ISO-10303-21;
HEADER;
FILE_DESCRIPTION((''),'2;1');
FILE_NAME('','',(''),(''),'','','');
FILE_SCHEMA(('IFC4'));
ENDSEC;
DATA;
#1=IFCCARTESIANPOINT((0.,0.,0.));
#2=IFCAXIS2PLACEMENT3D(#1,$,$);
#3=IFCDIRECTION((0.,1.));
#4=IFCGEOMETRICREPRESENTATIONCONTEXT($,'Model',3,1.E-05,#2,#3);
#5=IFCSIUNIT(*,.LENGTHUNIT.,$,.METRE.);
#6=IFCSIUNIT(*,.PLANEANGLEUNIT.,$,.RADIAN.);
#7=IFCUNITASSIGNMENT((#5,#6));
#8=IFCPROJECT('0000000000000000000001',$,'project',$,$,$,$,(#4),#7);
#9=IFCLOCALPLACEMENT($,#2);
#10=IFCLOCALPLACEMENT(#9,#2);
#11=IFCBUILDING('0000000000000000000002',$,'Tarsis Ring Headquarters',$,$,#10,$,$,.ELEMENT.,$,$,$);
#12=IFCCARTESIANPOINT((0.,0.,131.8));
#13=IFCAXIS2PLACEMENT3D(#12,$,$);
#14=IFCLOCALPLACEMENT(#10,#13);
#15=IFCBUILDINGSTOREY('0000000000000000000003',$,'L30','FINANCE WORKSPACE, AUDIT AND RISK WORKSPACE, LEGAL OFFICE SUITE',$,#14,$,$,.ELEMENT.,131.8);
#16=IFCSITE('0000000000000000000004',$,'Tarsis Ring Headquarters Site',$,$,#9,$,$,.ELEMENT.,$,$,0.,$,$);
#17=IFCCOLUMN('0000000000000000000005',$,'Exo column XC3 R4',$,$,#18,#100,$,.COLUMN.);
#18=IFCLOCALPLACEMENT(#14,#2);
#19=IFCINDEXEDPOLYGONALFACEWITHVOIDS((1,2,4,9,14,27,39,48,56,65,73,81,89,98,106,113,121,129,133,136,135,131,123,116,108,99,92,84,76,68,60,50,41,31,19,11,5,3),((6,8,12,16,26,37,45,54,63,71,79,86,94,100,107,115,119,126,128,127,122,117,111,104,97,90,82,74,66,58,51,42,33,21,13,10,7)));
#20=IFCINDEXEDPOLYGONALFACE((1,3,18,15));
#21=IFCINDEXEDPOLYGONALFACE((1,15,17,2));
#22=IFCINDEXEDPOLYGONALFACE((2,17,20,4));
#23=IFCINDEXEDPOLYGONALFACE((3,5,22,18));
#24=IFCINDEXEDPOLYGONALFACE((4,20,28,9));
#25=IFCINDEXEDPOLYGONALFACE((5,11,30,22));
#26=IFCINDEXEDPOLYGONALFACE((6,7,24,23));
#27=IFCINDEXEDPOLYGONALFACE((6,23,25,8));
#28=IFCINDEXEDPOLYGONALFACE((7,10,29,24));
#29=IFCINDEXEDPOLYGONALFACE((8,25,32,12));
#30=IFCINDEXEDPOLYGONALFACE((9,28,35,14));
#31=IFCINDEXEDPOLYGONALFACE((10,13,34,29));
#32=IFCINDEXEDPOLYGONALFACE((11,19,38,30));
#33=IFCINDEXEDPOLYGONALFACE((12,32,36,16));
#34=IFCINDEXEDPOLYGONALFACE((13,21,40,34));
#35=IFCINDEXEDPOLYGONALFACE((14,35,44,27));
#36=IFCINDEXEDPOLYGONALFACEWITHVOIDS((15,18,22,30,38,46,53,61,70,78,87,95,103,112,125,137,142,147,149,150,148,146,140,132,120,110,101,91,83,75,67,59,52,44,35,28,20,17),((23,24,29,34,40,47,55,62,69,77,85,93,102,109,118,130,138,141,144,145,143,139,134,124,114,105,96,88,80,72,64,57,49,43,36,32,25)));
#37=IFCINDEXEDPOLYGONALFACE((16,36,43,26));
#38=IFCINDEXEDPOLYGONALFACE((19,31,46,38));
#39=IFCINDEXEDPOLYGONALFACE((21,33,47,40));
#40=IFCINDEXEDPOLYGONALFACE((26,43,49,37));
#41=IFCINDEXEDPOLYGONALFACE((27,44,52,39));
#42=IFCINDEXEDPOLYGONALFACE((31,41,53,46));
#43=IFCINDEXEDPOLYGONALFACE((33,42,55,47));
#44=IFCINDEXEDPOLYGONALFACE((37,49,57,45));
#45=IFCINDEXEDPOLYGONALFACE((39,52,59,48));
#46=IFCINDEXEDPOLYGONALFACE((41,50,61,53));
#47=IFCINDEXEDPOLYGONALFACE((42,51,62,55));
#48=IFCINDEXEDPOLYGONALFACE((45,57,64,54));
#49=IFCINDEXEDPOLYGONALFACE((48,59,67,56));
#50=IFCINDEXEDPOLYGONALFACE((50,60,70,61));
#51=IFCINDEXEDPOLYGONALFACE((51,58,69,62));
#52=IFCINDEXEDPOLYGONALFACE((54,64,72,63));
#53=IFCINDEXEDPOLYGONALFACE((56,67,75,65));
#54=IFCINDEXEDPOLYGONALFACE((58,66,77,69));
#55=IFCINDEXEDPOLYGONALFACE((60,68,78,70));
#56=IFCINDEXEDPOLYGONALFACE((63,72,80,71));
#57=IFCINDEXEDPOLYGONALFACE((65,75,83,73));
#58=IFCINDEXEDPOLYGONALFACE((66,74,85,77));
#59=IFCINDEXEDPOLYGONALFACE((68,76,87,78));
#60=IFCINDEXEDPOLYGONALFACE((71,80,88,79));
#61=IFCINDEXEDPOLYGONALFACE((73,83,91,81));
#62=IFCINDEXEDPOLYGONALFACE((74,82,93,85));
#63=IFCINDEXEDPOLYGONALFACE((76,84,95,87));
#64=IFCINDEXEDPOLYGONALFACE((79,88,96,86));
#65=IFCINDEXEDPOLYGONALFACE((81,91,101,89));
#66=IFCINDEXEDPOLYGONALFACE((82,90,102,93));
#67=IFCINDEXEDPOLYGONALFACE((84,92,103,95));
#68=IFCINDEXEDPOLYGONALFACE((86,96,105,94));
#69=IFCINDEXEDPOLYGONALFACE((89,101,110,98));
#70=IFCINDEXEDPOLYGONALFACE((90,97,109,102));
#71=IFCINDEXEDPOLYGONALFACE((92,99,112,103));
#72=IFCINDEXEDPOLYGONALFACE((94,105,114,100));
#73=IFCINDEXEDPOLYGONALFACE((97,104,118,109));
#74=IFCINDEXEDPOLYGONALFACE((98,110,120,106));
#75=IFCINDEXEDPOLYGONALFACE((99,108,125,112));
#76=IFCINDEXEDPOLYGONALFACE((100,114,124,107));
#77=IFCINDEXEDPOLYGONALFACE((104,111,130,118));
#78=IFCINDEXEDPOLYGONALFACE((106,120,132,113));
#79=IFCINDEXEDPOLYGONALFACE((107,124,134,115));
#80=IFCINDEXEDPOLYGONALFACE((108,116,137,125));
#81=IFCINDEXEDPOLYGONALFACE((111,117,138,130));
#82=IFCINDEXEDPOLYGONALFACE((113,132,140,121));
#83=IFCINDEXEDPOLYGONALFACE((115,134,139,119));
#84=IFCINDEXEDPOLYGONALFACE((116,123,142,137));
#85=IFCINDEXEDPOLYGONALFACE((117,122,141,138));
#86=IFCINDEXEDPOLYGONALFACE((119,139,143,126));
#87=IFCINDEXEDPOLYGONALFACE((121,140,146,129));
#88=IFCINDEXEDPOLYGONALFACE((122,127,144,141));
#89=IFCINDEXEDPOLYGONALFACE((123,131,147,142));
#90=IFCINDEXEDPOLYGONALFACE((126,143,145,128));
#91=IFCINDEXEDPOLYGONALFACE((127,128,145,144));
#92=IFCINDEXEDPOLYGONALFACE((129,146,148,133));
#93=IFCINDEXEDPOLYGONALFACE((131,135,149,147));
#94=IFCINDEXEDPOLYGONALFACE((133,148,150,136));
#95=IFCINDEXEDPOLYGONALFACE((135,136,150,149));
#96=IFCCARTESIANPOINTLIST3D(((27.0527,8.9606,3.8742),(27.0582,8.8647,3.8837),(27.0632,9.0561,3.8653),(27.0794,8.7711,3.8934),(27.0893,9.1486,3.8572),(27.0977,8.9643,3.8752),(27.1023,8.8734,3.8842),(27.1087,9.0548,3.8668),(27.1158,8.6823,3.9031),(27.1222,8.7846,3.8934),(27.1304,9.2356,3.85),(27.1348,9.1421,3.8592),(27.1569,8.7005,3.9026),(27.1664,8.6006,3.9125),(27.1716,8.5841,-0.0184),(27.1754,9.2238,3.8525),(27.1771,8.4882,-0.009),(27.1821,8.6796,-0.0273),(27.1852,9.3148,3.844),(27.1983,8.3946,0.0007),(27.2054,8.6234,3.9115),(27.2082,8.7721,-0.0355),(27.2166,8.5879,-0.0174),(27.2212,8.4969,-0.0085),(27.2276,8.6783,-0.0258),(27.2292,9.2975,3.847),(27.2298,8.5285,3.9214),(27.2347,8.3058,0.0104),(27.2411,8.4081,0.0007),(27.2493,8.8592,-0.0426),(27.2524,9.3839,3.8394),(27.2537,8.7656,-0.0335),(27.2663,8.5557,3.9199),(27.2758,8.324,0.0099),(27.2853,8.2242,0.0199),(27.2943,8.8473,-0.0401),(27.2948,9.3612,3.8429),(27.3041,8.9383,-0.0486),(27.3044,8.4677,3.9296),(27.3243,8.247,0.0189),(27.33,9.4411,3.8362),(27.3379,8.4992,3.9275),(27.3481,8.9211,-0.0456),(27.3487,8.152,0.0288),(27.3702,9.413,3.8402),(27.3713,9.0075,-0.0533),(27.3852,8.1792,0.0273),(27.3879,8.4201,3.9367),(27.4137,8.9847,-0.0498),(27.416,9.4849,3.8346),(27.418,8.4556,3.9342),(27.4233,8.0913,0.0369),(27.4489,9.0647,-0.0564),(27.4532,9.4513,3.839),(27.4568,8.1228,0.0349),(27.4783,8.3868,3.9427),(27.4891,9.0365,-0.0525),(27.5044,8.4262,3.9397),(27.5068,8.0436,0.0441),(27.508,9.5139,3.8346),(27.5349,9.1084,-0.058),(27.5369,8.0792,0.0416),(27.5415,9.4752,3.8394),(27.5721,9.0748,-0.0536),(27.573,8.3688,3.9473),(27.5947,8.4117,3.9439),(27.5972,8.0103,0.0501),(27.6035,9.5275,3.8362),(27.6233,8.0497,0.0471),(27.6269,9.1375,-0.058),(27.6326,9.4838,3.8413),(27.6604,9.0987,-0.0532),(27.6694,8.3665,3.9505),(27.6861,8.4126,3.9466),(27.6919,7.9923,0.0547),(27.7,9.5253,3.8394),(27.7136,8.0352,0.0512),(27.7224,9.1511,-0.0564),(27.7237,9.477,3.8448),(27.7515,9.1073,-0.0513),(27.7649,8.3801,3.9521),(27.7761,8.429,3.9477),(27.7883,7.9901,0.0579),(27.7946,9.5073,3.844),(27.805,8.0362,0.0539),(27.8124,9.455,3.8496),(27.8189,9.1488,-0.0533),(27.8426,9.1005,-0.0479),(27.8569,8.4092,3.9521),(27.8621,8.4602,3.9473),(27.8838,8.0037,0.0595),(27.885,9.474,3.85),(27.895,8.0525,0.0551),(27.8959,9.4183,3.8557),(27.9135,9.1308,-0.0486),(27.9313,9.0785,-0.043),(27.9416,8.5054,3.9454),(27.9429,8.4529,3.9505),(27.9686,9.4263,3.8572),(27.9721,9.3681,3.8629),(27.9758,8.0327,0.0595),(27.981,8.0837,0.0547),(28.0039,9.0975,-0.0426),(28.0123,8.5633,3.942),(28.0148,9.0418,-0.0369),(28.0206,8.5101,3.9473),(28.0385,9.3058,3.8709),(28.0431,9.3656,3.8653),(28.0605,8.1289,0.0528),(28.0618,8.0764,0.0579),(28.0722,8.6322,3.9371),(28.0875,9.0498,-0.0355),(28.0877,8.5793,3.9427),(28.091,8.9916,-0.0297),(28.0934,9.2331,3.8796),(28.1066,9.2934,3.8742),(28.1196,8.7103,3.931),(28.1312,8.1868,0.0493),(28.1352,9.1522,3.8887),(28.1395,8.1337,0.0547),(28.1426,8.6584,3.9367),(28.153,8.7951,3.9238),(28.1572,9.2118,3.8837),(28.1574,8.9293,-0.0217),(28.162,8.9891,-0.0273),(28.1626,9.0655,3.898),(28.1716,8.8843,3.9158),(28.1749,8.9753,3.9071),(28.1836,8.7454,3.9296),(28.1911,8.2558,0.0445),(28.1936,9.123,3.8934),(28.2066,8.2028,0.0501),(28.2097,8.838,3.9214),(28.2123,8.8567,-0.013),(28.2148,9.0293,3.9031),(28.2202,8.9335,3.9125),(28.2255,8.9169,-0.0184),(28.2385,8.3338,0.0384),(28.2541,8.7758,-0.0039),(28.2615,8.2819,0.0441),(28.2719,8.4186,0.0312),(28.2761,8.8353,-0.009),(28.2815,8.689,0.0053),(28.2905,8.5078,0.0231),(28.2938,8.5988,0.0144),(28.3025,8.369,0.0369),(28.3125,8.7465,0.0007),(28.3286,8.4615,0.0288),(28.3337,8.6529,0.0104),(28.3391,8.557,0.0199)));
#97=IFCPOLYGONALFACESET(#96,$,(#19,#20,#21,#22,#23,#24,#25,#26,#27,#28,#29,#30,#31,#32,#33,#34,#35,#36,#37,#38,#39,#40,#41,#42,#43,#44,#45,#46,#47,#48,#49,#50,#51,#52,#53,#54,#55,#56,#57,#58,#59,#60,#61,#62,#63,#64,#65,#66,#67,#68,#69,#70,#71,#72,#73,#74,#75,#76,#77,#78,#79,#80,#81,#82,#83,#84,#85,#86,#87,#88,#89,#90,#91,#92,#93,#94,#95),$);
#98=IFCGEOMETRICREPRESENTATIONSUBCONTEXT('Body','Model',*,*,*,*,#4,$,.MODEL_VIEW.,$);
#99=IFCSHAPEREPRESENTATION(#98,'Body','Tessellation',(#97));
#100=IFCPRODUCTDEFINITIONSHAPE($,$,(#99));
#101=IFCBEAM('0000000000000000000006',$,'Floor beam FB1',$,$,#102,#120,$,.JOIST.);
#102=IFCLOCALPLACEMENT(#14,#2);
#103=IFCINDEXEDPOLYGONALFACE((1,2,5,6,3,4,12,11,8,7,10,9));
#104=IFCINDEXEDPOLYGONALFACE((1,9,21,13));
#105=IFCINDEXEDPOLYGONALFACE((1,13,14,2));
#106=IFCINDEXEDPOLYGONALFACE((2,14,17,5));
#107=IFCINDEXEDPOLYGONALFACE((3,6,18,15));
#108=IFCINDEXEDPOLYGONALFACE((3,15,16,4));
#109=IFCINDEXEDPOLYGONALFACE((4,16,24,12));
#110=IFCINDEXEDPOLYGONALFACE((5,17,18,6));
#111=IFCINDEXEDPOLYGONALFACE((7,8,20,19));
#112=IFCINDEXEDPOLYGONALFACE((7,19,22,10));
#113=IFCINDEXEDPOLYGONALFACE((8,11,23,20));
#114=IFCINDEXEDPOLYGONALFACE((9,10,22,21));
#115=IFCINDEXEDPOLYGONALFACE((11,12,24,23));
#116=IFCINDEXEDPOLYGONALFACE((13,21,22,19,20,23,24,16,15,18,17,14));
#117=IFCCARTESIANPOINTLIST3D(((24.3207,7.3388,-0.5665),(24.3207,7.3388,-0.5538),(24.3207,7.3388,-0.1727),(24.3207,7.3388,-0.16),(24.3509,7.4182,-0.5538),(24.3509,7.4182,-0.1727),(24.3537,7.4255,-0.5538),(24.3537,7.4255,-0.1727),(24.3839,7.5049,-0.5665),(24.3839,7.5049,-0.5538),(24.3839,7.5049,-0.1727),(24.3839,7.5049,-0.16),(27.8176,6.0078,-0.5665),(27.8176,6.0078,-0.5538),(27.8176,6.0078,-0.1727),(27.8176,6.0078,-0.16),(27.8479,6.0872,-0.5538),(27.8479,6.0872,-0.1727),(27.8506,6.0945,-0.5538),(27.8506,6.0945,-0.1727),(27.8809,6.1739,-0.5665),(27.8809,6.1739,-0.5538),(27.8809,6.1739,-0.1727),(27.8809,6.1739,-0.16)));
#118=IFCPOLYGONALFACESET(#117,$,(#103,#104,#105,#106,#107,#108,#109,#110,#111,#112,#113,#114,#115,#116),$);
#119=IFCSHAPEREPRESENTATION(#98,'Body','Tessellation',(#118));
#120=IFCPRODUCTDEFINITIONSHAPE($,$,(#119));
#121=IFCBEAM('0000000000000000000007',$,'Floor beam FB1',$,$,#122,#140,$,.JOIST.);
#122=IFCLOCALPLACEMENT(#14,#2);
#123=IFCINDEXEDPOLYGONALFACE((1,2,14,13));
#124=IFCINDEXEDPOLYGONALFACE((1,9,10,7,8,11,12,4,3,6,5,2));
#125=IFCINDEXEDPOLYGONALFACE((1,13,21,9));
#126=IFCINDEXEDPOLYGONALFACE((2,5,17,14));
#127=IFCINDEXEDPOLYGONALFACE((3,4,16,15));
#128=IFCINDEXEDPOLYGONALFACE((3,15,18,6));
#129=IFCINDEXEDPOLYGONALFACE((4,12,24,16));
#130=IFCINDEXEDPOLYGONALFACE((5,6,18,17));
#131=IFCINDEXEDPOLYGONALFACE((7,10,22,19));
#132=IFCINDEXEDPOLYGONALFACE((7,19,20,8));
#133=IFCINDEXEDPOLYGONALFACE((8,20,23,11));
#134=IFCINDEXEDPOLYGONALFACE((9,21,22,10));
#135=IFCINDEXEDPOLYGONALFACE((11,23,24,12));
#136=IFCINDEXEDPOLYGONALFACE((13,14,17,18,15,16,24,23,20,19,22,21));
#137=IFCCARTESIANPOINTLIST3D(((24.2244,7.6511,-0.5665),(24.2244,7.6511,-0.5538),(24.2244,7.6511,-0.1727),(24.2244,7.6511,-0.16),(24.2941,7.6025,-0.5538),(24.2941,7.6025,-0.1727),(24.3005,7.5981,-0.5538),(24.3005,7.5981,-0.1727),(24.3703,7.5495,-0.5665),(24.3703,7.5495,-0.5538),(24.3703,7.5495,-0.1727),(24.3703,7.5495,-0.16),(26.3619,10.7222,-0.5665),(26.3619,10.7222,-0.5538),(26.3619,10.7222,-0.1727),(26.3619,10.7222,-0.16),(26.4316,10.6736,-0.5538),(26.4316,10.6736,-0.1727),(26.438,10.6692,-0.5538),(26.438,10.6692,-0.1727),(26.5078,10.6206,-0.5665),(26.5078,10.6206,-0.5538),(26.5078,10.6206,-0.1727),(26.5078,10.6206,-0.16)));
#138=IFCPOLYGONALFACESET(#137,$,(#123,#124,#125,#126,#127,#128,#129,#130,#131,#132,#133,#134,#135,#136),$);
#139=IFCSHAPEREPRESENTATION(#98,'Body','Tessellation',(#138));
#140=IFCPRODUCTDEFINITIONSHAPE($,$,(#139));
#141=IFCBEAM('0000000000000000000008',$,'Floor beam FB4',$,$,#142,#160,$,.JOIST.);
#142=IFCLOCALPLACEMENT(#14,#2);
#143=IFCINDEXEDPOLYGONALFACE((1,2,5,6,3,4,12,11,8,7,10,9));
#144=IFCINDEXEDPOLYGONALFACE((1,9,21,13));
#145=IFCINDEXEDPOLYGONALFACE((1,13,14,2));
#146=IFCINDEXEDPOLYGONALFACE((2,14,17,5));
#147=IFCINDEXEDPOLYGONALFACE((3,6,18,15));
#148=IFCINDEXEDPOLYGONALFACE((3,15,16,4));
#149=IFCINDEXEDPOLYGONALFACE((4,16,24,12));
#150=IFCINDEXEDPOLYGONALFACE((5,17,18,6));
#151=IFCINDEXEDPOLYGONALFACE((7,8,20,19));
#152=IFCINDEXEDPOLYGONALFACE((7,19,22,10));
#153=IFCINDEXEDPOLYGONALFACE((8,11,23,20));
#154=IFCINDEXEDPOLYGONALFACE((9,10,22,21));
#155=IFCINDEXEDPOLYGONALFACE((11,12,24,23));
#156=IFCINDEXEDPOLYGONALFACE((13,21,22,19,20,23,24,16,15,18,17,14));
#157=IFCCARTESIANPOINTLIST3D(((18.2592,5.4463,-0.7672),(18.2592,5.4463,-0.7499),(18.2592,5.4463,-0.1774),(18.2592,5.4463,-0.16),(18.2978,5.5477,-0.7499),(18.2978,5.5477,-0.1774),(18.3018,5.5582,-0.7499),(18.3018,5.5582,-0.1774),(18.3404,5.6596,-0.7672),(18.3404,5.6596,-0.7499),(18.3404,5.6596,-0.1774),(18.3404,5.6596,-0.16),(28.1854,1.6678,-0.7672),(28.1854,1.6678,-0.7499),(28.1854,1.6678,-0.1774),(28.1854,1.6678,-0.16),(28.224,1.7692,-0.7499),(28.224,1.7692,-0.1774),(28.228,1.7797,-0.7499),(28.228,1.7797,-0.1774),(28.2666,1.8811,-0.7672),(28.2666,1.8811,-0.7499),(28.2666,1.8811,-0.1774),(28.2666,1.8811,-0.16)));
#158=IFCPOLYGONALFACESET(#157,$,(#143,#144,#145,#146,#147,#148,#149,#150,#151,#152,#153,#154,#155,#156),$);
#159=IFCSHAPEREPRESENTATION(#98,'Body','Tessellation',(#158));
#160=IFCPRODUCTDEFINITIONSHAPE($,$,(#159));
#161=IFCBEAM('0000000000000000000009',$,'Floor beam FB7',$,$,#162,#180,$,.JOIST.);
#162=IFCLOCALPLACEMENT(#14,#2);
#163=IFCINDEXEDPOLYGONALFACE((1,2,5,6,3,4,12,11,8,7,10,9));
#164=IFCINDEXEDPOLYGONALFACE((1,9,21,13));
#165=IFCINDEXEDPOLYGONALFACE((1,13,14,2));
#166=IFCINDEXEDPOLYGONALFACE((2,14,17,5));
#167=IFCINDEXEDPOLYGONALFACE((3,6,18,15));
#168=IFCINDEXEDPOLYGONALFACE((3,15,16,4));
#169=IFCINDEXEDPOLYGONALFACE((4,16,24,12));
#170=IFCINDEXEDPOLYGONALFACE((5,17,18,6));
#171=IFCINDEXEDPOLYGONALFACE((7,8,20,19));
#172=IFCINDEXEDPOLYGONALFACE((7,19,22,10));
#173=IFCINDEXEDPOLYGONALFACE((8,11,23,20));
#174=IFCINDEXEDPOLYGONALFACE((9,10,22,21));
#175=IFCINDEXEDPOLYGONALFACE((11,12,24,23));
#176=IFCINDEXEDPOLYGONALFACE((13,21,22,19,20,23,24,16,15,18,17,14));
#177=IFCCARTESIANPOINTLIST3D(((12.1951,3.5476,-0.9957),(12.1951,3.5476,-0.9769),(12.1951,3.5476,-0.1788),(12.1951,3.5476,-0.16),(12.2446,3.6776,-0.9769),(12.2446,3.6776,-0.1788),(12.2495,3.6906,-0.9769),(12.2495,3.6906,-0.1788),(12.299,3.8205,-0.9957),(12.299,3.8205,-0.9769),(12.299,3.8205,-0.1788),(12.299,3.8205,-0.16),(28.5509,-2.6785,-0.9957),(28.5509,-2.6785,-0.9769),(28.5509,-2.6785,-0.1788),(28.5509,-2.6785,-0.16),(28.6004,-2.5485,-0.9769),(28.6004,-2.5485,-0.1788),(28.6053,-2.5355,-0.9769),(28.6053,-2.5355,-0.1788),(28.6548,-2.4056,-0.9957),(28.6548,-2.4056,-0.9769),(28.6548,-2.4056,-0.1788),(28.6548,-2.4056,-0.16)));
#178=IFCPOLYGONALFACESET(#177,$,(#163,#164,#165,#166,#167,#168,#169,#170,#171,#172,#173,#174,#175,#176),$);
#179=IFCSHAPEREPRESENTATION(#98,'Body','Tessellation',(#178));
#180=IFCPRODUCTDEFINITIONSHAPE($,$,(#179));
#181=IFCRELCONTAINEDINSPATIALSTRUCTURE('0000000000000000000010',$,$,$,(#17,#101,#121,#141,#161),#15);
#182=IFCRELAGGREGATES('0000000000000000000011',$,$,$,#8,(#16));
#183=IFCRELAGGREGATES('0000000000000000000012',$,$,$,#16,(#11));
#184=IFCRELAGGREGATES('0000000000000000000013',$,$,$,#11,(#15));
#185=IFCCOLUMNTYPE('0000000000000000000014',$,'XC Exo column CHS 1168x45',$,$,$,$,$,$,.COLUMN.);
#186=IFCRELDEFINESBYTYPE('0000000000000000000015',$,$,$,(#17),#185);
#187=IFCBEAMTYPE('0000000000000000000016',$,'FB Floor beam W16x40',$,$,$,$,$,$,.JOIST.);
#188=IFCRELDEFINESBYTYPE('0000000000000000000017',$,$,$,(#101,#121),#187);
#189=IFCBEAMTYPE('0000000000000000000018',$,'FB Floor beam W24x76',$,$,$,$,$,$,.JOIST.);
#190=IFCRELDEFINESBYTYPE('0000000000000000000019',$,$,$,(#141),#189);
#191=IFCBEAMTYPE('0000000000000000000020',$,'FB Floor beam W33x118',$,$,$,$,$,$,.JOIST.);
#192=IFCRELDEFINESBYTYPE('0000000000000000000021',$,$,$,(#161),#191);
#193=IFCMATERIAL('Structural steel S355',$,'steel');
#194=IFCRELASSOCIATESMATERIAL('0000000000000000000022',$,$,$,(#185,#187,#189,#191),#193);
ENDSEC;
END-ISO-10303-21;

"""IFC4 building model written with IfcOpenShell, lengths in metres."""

from ifc_helpers import new_model, si_unit, direction, frame, origin, origin_2d, place, context, subcontext, project, spatial, hollow_circle, i_section, extrude, material, material_profile, profile_set, type_object, element, save


model = new_model("IFC4")

# Units and contexts
model_context = context("Model", 3, precision=1e-05, world=origin(), true_north=direction((0.0, 1.0)))
body_context = subcontext(model_context, "Body", "Model", "MODEL_VIEW")
ifc_project = project(units=[si_unit("LENGTHUNIT", "METRE"), si_unit("PLANEANGLEUNIT", "RADIAN")], contexts=[model_context])

# Site, building, storey
site_placement = place(None, origin())
site = spatial("IfcSite", under=ifc_project, at=site_placement, Name="Tarsis Ring Headquarters Site", CompositionType="ELEMENT", RefElevation=0.0)
building_placement = place(site_placement, origin())
building = spatial("IfcBuilding", under=site, at=building_placement, Name="Tarsis Ring Headquarters", CompositionType="ELEMENT")
storey_placement = place(building_placement, frame((0.0, 0.0, 131.8)))
storey = spatial("IfcBuildingStorey", under=building, at=storey_placement, Name="L30", Description="FINANCE WORKSPACE, AUDIT AND RISK WORKSPACE, LEGAL OFFICE SUITE", CompositionType="ELEMENT", Elevation=131.8)

# Column
ifc_material_1 = material(Name="Structural steel S355", Category="steel")
ifc_material_profile_1 = material_profile(ifc_material_1, hollow_circle(Radius=0.5842, WallThickness=0.0449, at=origin_2d()), Name="CHS 1168x45")
ifc_profile_set_1 = profile_set([ifc_material_profile_1], Name="Structural steel S355")
column_type = type_object("IfcColumnType", Name="XC Exo column CHS 1168x45", PredefinedType="COLUMN", material=ifc_profile_set_1)
column_placement = place(storey_placement, frame((27.7554, 8.5706, 0.0007), z_axis=(-0.030389, 0.09622, 0.994896), x_axis=(-0.953573, -0.301161, 0.0)))
element("IfcColumn", 1, at=column_placement, inside=storey, type_object=column_type, Name="Exo column XC3 R4", PredefinedType="COLUMN", context=body_context, shape_type="SweptSolid", body=[
    extrude(hollow_circle(Radius=0.5842, WallThickness=0.0449, at=origin_2d()), origin(), (0.0, 0.0, 1.0), 3.9126),
])

# Beams
ifc_material_profile_2 = material_profile(ifc_material_1, i_section(OverallWidth=0.1777, OverallDepth=0.4065, WebThickness=0.0078, FlangeThickness=0.0127, at=origin_2d()), Name="W16x40")
ifc_profile_set_2 = profile_set([ifc_material_profile_2], Name="Structural steel S355")
beam_type_1 = type_object("IfcBeamType", Name="FB Floor beam W16x40", PredefinedType="JOIST", material=ifc_profile_set_2)
for number, where, z_axis, x_axis, name in (
    (2, (24.3523, 7.4219, -0.3633), (0.934591, -0.355724, 0.0), (0.355724, 0.934591, 0.0), "Floor beam FB1"),
    (3, (26.4348, 10.6714, -0.3633), (-0.571258, -0.820771, 0.0), (0.820771, -0.571258, 0.0), "Floor beam FB1"),
):
    element("IfcBeam", number, at=place(storey_placement, frame(where, z_axis=z_axis, x_axis=x_axis)), inside=storey, type_object=beam_type_1, Name=name, PredefinedType="JOIST", context=body_context, shape_type="SweptSolid", body=[
        extrude(i_section(OverallWidth=0.1777, OverallDepth=0.4065, WebThickness=0.0078, FlangeThickness=0.0127, at=origin_2d()), origin(), (0.0, 0.0, 1.0), 3.7417),
    ])
ifc_material_profile_3 = material_profile(ifc_material_1, i_section(OverallWidth=0.2283, OverallDepth=0.6072, WebThickness=0.0112, FlangeThickness=0.0173, at=origin_2d()), Name="W24x76")
ifc_profile_set_3 = profile_set([ifc_material_profile_3], Name="Structural steel S355")
beam_type_2 = type_object("IfcBeamType", Name="FB Floor beam W24x76", PredefinedType="JOIST", material=ifc_profile_set_3)
beam_1_placement = place(storey_placement, frame((18.2998, 5.553, -0.4636), z_axis=(0.934578, -0.355759, 0.0), x_axis=(0.355759, 0.934578, 0.0)))
element("IfcBeam", 4, at=beam_1_placement, inside=storey, type_object=beam_type_2, Name="Floor beam FB4", PredefinedType="JOIST", context=body_context, shape_type="SweptSolid", body=[
    extrude(i_section(OverallWidth=0.2283, OverallDepth=0.6072, WebThickness=0.0112, FlangeThickness=0.0173, at=origin_2d()), origin(), (0.0, 0.0, 1.0), 10.6211),
])
ifc_material_profile_4 = material_profile(ifc_material_1, i_section(OverallWidth=0.292, OverallDepth=0.8357, WebThickness=0.0139, FlangeThickness=0.0188, at=origin_2d()), Name="W33x118")
ifc_profile_set_4 = profile_set([ifc_material_profile_4], Name="Structural steel S355")
beam_type_3 = type_object("IfcBeamType", Name="FB Floor beam W33x118", PredefinedType="JOIST", material=ifc_profile_set_4)
beam_2_placement = place(storey_placement, frame((12.2471, 3.6841, -0.5779), z_axis=(0.934577, -0.355762, 0.0), x_axis=(0.355762, 0.934577, 0.0)))
element("IfcBeam", 5, at=beam_2_placement, inside=storey, type_object=beam_type_3, Name="Floor beam FB7", PredefinedType="JOIST", context=body_context, shape_type="SweptSolid", body=[
    extrude(i_section(OverallWidth=0.292, OverallDepth=0.8357, WebThickness=0.0139, FlangeThickness=0.0188, at=origin_2d()), origin(), (0.0, 0.0, 1.0), 17.5007),
])

save(model, "model.ifc")
